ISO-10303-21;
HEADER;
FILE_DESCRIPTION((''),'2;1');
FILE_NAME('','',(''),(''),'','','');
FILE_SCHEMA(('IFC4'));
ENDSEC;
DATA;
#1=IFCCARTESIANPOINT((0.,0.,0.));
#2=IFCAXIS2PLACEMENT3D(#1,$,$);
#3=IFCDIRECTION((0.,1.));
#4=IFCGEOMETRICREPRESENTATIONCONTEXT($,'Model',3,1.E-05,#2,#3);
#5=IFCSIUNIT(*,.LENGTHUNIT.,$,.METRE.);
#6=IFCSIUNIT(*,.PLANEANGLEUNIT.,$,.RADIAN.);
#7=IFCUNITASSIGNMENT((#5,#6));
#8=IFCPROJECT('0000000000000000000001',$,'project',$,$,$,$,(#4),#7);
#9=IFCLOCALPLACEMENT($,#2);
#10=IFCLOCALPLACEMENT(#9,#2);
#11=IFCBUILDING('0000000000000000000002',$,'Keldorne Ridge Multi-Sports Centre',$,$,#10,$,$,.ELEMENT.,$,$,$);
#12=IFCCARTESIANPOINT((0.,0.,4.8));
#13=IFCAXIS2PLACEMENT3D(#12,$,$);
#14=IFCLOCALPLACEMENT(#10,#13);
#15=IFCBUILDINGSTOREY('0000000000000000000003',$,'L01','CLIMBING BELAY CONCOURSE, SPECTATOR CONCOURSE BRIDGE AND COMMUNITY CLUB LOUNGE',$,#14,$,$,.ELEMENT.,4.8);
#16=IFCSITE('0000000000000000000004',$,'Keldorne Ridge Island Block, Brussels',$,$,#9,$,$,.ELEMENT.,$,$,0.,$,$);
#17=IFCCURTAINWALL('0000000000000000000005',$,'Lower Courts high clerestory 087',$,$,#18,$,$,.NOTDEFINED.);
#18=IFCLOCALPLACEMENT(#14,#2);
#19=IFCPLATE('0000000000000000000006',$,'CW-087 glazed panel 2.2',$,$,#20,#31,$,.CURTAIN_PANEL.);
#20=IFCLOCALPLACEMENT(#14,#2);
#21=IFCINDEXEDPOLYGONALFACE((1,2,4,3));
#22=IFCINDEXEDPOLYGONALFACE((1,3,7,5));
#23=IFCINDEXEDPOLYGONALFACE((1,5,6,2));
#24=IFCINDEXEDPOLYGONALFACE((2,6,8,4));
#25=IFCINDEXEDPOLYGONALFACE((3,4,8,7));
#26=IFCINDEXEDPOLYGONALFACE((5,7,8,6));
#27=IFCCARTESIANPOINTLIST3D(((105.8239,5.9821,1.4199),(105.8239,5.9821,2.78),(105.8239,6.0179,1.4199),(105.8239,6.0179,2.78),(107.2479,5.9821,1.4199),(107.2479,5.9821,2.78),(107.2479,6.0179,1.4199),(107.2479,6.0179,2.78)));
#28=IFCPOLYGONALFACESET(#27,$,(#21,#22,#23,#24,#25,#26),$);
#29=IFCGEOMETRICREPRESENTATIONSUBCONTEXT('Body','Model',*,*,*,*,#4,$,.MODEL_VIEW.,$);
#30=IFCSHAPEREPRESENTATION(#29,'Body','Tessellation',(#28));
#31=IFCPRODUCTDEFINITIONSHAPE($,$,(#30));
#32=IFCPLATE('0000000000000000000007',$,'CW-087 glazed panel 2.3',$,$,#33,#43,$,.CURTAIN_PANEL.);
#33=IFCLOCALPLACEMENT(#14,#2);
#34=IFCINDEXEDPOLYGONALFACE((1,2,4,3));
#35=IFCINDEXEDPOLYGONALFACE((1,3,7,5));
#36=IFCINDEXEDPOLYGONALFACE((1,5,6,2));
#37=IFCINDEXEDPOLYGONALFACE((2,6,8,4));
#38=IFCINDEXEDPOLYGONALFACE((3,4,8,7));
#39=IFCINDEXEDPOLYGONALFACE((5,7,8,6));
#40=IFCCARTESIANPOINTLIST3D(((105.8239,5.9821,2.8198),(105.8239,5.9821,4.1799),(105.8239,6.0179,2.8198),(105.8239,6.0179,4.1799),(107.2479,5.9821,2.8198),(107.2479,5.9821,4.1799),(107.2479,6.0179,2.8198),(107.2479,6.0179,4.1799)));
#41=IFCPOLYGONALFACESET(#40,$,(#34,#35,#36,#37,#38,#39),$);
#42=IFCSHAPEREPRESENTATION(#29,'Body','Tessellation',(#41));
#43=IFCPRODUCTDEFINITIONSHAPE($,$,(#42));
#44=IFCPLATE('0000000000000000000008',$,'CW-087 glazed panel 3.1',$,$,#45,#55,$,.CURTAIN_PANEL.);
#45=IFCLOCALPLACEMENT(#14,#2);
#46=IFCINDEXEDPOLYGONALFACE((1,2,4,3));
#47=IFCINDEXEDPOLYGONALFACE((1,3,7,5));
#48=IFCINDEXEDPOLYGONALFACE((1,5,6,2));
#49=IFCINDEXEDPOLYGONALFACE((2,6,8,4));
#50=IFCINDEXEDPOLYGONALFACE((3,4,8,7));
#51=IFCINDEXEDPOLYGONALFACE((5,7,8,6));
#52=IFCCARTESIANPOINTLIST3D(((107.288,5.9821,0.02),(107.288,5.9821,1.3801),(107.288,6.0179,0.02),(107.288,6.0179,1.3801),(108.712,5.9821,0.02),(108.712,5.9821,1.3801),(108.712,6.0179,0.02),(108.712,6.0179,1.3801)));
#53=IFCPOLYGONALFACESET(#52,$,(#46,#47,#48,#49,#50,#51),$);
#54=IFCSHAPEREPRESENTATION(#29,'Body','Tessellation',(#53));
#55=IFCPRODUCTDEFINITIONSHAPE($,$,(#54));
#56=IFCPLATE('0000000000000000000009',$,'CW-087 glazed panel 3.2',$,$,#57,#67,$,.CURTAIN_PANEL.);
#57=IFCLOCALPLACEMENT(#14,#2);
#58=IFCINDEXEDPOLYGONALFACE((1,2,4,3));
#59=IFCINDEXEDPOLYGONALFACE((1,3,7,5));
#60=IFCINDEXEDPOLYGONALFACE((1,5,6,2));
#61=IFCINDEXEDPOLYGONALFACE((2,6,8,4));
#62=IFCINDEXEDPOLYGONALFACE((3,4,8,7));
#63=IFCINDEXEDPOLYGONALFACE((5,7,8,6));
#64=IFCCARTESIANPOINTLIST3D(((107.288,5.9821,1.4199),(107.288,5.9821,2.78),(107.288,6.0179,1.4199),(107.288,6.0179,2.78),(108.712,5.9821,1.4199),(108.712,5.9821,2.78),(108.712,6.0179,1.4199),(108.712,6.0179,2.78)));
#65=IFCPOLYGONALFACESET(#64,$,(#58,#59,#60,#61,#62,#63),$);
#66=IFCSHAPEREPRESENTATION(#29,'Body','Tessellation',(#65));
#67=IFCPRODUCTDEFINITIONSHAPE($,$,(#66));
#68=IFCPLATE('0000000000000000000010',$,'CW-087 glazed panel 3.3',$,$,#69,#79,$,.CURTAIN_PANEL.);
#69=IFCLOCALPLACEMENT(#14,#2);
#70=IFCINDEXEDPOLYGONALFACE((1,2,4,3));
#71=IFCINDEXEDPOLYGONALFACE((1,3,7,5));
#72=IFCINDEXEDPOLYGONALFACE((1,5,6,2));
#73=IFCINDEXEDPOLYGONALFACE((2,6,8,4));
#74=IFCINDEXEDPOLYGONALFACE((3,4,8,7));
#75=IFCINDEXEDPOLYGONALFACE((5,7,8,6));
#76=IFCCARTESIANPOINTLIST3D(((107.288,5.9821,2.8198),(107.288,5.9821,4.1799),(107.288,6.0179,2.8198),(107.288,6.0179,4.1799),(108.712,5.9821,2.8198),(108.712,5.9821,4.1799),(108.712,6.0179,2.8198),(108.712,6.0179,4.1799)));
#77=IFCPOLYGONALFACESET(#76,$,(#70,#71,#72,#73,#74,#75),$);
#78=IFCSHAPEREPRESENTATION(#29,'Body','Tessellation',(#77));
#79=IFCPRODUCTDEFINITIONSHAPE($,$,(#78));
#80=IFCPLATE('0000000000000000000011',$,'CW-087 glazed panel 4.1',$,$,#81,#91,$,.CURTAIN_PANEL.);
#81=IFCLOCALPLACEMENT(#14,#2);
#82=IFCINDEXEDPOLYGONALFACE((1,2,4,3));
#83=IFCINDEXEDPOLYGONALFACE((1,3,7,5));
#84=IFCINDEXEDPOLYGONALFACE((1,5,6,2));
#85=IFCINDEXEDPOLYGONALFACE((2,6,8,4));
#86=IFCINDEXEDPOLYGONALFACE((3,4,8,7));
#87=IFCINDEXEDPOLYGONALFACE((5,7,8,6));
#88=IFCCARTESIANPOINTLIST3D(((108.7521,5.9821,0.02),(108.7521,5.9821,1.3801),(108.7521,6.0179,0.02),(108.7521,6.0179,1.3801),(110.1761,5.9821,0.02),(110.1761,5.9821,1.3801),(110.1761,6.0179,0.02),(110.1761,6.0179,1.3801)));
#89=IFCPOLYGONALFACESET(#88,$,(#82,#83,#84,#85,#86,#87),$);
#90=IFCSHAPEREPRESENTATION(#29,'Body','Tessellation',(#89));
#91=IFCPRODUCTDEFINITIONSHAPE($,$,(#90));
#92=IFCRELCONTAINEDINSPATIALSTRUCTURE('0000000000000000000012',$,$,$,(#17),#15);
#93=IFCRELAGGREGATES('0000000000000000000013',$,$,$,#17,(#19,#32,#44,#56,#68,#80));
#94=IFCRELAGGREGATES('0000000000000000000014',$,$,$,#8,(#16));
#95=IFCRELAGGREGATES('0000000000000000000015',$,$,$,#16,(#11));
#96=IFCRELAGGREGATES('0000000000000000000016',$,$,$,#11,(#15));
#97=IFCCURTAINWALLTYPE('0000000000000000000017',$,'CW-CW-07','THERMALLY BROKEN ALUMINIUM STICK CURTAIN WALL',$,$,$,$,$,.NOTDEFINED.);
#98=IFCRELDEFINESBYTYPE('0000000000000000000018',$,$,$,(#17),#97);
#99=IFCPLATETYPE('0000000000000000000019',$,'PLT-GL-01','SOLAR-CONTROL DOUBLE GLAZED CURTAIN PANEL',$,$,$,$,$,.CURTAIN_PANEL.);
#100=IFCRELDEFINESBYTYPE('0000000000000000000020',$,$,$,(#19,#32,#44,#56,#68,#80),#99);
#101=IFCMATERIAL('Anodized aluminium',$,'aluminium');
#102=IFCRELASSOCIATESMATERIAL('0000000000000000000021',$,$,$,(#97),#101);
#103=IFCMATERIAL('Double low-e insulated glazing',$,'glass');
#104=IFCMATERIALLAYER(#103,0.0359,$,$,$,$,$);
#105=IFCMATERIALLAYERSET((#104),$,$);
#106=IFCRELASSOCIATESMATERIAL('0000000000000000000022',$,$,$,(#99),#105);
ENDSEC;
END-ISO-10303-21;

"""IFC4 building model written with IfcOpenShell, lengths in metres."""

from ifc_helpers import new_model, si_unit, direction, frame, origin, origin_2d, place, context, subcontext, project, spatial, rectangle, extrude, material, layer, layer_set, type_object, element, aggregate, save


model = new_model("IFC4")

# Units and contexts
model_context = context("Model", 3, precision=1e-05, world=origin(), true_north=direction((0.0, 1.0)))
body_context = subcontext(model_context, "Body", "Model", "MODEL_VIEW")
ifc_project = project(units=[si_unit("LENGTHUNIT", "METRE"), si_unit("PLANEANGLEUNIT", "RADIAN")], contexts=[model_context])

# Site, building, storey
site_placement = place(None, origin())
site = spatial("IfcSite", under=ifc_project, at=site_placement, Name="Keldorne Ridge Island Block, Brussels", CompositionType="ELEMENT", RefElevation=0.0)
building_placement = place(site_placement, origin())
building = spatial("IfcBuilding", under=site, at=building_placement, Name="Keldorne Ridge Multi-Sports Centre", CompositionType="ELEMENT")
storey_placement = place(building_placement, frame((0.0, 0.0, 4.8)))
storey = spatial("IfcBuildingStorey", under=building, at=storey_placement, Name="L01", Description="CLIMBING BELAY CONCOURSE, SPECTATOR CONCOURSE BRIDGE AND COMMUNITY CLUB LOUNGE", CompositionType="ELEMENT", Elevation=4.8)

# Curtain wall, plates
ifc_material_1 = material(Name="Anodized aluminium", Category="aluminium")
curtain_wall_type = type_object("IfcCurtainWallType", Name="CW-CW-07", Description="THERMALLY BROKEN ALUMINIUM STICK CURTAIN WALL", PredefinedType="NOTDEFINED", material=ifc_material_1)
curtain_wall_placement = place(storey_placement, origin())
curtain_wall = element("IfcCurtainWall", 1, at=curtain_wall_placement, inside=storey, type_object=curtain_wall_type, Name="Lower Courts high clerestory 087", PredefinedType="NOTDEFINED")
ifc_material_2 = material(Name="Double low-e insulated glazing", Category="glass")
ifc_layer = layer(ifc_material_2, 0.0359)
ifc_layer_set = layer_set([ifc_layer])
plate_type = type_object("IfcPlateType", Name="PLT-GL-01", Description="SOLAR-CONTROL DOUBLE GLAZED CURTAIN PANEL", PredefinedType="CURTAIN_PANEL", material=ifc_layer_set)
plate_1_placement = place(storey_placement, frame((106.5359, 6.0, 1.4199), z_axis=(0.0, 0.0, 1.0), x_axis=(1.0, 0.0, 0.0)))
plate_1 = element("IfcPlate", 2, at=plate_1_placement, type_object=plate_type, Name="CW-087 glazed panel 2.2", PredefinedType="CURTAIN_PANEL", context=body_context, shape_type="SweptSolid", body=[
    extrude(rectangle(XDim=1.4241, YDim=0.0359, at=origin_2d()), origin(), (0.0, 0.0, 1.0), 1.3601),
])
plate_2_placement = place(storey_placement, frame((106.5359, 6.0, 2.8198), z_axis=(0.0, 0.0, 1.0), x_axis=(1.0, 0.0, 0.0)))
plate_2 = element("IfcPlate", 3, at=plate_2_placement, type_object=plate_type, Name="CW-087 glazed panel 2.3", PredefinedType="CURTAIN_PANEL", context=body_context, shape_type="SweptSolid", body=[
    extrude(rectangle(XDim=1.4241, YDim=0.0359, at=origin_2d()), origin(), (0.0, 0.0, 1.0), 1.3601),
])
plate_3_placement = place(storey_placement, frame((108.0, 6.0, 0.02), z_axis=(0.0, 0.0, 1.0), x_axis=(1.0, 0.0, 0.0)))
plate_3 = element("IfcPlate", 4, at=plate_3_placement, type_object=plate_type, Name="CW-087 glazed panel 3.1", PredefinedType="CURTAIN_PANEL", context=body_context, shape_type="SweptSolid", body=[
    extrude(rectangle(XDim=1.4241, YDim=0.0359, at=origin_2d()), origin(), (0.0, 0.0, 1.0), 1.3601),
])
plate_4_placement = place(storey_placement, frame((108.0, 6.0, 1.4199), z_axis=(0.0, 0.0, 1.0), x_axis=(1.0, 0.0, 0.0)))
plate_4 = element("IfcPlate", 5, at=plate_4_placement, type_object=plate_type, Name="CW-087 glazed panel 3.2", PredefinedType="CURTAIN_PANEL", context=body_context, shape_type="SweptSolid", body=[
    extrude(rectangle(XDim=1.4241, YDim=0.0359, at=origin_2d()), origin(), (0.0, 0.0, 1.0), 1.3601),
])
plate_5_placement = place(storey_placement, frame((108.0, 6.0, 2.8198), z_axis=(0.0, 0.0, 1.0), x_axis=(1.0, 0.0, 0.0)))
plate_5 = element("IfcPlate", 6, at=plate_5_placement, type_object=plate_type, Name="CW-087 glazed panel 3.3", PredefinedType="CURTAIN_PANEL", context=body_context, shape_type="SweptSolid", body=[
    extrude(rectangle(XDim=1.4241, YDim=0.0359, at=origin_2d()), origin(), (0.0, 0.0, 1.0), 1.3601),
])
plate_6_placement = place(storey_placement, frame((109.4641, 6.0, 0.02), z_axis=(0.0, 0.0, 1.0), x_axis=(1.0, 0.0, 0.0)))
plate_6 = element("IfcPlate", 7, at=plate_6_placement, type_object=plate_type, Name="CW-087 glazed panel 4.1", PredefinedType="CURTAIN_PANEL", context=body_context, shape_type="SweptSolid", body=[
    extrude(rectangle(XDim=1.4241, YDim=0.0359, at=origin_2d()), origin(), (0.0, 0.0, 1.0), 1.3601),
])
aggregate(curtain_wall, [plate_1, plate_2, plate_3, plate_4, plate_5, plate_6])

save(model, "model.ifc")
